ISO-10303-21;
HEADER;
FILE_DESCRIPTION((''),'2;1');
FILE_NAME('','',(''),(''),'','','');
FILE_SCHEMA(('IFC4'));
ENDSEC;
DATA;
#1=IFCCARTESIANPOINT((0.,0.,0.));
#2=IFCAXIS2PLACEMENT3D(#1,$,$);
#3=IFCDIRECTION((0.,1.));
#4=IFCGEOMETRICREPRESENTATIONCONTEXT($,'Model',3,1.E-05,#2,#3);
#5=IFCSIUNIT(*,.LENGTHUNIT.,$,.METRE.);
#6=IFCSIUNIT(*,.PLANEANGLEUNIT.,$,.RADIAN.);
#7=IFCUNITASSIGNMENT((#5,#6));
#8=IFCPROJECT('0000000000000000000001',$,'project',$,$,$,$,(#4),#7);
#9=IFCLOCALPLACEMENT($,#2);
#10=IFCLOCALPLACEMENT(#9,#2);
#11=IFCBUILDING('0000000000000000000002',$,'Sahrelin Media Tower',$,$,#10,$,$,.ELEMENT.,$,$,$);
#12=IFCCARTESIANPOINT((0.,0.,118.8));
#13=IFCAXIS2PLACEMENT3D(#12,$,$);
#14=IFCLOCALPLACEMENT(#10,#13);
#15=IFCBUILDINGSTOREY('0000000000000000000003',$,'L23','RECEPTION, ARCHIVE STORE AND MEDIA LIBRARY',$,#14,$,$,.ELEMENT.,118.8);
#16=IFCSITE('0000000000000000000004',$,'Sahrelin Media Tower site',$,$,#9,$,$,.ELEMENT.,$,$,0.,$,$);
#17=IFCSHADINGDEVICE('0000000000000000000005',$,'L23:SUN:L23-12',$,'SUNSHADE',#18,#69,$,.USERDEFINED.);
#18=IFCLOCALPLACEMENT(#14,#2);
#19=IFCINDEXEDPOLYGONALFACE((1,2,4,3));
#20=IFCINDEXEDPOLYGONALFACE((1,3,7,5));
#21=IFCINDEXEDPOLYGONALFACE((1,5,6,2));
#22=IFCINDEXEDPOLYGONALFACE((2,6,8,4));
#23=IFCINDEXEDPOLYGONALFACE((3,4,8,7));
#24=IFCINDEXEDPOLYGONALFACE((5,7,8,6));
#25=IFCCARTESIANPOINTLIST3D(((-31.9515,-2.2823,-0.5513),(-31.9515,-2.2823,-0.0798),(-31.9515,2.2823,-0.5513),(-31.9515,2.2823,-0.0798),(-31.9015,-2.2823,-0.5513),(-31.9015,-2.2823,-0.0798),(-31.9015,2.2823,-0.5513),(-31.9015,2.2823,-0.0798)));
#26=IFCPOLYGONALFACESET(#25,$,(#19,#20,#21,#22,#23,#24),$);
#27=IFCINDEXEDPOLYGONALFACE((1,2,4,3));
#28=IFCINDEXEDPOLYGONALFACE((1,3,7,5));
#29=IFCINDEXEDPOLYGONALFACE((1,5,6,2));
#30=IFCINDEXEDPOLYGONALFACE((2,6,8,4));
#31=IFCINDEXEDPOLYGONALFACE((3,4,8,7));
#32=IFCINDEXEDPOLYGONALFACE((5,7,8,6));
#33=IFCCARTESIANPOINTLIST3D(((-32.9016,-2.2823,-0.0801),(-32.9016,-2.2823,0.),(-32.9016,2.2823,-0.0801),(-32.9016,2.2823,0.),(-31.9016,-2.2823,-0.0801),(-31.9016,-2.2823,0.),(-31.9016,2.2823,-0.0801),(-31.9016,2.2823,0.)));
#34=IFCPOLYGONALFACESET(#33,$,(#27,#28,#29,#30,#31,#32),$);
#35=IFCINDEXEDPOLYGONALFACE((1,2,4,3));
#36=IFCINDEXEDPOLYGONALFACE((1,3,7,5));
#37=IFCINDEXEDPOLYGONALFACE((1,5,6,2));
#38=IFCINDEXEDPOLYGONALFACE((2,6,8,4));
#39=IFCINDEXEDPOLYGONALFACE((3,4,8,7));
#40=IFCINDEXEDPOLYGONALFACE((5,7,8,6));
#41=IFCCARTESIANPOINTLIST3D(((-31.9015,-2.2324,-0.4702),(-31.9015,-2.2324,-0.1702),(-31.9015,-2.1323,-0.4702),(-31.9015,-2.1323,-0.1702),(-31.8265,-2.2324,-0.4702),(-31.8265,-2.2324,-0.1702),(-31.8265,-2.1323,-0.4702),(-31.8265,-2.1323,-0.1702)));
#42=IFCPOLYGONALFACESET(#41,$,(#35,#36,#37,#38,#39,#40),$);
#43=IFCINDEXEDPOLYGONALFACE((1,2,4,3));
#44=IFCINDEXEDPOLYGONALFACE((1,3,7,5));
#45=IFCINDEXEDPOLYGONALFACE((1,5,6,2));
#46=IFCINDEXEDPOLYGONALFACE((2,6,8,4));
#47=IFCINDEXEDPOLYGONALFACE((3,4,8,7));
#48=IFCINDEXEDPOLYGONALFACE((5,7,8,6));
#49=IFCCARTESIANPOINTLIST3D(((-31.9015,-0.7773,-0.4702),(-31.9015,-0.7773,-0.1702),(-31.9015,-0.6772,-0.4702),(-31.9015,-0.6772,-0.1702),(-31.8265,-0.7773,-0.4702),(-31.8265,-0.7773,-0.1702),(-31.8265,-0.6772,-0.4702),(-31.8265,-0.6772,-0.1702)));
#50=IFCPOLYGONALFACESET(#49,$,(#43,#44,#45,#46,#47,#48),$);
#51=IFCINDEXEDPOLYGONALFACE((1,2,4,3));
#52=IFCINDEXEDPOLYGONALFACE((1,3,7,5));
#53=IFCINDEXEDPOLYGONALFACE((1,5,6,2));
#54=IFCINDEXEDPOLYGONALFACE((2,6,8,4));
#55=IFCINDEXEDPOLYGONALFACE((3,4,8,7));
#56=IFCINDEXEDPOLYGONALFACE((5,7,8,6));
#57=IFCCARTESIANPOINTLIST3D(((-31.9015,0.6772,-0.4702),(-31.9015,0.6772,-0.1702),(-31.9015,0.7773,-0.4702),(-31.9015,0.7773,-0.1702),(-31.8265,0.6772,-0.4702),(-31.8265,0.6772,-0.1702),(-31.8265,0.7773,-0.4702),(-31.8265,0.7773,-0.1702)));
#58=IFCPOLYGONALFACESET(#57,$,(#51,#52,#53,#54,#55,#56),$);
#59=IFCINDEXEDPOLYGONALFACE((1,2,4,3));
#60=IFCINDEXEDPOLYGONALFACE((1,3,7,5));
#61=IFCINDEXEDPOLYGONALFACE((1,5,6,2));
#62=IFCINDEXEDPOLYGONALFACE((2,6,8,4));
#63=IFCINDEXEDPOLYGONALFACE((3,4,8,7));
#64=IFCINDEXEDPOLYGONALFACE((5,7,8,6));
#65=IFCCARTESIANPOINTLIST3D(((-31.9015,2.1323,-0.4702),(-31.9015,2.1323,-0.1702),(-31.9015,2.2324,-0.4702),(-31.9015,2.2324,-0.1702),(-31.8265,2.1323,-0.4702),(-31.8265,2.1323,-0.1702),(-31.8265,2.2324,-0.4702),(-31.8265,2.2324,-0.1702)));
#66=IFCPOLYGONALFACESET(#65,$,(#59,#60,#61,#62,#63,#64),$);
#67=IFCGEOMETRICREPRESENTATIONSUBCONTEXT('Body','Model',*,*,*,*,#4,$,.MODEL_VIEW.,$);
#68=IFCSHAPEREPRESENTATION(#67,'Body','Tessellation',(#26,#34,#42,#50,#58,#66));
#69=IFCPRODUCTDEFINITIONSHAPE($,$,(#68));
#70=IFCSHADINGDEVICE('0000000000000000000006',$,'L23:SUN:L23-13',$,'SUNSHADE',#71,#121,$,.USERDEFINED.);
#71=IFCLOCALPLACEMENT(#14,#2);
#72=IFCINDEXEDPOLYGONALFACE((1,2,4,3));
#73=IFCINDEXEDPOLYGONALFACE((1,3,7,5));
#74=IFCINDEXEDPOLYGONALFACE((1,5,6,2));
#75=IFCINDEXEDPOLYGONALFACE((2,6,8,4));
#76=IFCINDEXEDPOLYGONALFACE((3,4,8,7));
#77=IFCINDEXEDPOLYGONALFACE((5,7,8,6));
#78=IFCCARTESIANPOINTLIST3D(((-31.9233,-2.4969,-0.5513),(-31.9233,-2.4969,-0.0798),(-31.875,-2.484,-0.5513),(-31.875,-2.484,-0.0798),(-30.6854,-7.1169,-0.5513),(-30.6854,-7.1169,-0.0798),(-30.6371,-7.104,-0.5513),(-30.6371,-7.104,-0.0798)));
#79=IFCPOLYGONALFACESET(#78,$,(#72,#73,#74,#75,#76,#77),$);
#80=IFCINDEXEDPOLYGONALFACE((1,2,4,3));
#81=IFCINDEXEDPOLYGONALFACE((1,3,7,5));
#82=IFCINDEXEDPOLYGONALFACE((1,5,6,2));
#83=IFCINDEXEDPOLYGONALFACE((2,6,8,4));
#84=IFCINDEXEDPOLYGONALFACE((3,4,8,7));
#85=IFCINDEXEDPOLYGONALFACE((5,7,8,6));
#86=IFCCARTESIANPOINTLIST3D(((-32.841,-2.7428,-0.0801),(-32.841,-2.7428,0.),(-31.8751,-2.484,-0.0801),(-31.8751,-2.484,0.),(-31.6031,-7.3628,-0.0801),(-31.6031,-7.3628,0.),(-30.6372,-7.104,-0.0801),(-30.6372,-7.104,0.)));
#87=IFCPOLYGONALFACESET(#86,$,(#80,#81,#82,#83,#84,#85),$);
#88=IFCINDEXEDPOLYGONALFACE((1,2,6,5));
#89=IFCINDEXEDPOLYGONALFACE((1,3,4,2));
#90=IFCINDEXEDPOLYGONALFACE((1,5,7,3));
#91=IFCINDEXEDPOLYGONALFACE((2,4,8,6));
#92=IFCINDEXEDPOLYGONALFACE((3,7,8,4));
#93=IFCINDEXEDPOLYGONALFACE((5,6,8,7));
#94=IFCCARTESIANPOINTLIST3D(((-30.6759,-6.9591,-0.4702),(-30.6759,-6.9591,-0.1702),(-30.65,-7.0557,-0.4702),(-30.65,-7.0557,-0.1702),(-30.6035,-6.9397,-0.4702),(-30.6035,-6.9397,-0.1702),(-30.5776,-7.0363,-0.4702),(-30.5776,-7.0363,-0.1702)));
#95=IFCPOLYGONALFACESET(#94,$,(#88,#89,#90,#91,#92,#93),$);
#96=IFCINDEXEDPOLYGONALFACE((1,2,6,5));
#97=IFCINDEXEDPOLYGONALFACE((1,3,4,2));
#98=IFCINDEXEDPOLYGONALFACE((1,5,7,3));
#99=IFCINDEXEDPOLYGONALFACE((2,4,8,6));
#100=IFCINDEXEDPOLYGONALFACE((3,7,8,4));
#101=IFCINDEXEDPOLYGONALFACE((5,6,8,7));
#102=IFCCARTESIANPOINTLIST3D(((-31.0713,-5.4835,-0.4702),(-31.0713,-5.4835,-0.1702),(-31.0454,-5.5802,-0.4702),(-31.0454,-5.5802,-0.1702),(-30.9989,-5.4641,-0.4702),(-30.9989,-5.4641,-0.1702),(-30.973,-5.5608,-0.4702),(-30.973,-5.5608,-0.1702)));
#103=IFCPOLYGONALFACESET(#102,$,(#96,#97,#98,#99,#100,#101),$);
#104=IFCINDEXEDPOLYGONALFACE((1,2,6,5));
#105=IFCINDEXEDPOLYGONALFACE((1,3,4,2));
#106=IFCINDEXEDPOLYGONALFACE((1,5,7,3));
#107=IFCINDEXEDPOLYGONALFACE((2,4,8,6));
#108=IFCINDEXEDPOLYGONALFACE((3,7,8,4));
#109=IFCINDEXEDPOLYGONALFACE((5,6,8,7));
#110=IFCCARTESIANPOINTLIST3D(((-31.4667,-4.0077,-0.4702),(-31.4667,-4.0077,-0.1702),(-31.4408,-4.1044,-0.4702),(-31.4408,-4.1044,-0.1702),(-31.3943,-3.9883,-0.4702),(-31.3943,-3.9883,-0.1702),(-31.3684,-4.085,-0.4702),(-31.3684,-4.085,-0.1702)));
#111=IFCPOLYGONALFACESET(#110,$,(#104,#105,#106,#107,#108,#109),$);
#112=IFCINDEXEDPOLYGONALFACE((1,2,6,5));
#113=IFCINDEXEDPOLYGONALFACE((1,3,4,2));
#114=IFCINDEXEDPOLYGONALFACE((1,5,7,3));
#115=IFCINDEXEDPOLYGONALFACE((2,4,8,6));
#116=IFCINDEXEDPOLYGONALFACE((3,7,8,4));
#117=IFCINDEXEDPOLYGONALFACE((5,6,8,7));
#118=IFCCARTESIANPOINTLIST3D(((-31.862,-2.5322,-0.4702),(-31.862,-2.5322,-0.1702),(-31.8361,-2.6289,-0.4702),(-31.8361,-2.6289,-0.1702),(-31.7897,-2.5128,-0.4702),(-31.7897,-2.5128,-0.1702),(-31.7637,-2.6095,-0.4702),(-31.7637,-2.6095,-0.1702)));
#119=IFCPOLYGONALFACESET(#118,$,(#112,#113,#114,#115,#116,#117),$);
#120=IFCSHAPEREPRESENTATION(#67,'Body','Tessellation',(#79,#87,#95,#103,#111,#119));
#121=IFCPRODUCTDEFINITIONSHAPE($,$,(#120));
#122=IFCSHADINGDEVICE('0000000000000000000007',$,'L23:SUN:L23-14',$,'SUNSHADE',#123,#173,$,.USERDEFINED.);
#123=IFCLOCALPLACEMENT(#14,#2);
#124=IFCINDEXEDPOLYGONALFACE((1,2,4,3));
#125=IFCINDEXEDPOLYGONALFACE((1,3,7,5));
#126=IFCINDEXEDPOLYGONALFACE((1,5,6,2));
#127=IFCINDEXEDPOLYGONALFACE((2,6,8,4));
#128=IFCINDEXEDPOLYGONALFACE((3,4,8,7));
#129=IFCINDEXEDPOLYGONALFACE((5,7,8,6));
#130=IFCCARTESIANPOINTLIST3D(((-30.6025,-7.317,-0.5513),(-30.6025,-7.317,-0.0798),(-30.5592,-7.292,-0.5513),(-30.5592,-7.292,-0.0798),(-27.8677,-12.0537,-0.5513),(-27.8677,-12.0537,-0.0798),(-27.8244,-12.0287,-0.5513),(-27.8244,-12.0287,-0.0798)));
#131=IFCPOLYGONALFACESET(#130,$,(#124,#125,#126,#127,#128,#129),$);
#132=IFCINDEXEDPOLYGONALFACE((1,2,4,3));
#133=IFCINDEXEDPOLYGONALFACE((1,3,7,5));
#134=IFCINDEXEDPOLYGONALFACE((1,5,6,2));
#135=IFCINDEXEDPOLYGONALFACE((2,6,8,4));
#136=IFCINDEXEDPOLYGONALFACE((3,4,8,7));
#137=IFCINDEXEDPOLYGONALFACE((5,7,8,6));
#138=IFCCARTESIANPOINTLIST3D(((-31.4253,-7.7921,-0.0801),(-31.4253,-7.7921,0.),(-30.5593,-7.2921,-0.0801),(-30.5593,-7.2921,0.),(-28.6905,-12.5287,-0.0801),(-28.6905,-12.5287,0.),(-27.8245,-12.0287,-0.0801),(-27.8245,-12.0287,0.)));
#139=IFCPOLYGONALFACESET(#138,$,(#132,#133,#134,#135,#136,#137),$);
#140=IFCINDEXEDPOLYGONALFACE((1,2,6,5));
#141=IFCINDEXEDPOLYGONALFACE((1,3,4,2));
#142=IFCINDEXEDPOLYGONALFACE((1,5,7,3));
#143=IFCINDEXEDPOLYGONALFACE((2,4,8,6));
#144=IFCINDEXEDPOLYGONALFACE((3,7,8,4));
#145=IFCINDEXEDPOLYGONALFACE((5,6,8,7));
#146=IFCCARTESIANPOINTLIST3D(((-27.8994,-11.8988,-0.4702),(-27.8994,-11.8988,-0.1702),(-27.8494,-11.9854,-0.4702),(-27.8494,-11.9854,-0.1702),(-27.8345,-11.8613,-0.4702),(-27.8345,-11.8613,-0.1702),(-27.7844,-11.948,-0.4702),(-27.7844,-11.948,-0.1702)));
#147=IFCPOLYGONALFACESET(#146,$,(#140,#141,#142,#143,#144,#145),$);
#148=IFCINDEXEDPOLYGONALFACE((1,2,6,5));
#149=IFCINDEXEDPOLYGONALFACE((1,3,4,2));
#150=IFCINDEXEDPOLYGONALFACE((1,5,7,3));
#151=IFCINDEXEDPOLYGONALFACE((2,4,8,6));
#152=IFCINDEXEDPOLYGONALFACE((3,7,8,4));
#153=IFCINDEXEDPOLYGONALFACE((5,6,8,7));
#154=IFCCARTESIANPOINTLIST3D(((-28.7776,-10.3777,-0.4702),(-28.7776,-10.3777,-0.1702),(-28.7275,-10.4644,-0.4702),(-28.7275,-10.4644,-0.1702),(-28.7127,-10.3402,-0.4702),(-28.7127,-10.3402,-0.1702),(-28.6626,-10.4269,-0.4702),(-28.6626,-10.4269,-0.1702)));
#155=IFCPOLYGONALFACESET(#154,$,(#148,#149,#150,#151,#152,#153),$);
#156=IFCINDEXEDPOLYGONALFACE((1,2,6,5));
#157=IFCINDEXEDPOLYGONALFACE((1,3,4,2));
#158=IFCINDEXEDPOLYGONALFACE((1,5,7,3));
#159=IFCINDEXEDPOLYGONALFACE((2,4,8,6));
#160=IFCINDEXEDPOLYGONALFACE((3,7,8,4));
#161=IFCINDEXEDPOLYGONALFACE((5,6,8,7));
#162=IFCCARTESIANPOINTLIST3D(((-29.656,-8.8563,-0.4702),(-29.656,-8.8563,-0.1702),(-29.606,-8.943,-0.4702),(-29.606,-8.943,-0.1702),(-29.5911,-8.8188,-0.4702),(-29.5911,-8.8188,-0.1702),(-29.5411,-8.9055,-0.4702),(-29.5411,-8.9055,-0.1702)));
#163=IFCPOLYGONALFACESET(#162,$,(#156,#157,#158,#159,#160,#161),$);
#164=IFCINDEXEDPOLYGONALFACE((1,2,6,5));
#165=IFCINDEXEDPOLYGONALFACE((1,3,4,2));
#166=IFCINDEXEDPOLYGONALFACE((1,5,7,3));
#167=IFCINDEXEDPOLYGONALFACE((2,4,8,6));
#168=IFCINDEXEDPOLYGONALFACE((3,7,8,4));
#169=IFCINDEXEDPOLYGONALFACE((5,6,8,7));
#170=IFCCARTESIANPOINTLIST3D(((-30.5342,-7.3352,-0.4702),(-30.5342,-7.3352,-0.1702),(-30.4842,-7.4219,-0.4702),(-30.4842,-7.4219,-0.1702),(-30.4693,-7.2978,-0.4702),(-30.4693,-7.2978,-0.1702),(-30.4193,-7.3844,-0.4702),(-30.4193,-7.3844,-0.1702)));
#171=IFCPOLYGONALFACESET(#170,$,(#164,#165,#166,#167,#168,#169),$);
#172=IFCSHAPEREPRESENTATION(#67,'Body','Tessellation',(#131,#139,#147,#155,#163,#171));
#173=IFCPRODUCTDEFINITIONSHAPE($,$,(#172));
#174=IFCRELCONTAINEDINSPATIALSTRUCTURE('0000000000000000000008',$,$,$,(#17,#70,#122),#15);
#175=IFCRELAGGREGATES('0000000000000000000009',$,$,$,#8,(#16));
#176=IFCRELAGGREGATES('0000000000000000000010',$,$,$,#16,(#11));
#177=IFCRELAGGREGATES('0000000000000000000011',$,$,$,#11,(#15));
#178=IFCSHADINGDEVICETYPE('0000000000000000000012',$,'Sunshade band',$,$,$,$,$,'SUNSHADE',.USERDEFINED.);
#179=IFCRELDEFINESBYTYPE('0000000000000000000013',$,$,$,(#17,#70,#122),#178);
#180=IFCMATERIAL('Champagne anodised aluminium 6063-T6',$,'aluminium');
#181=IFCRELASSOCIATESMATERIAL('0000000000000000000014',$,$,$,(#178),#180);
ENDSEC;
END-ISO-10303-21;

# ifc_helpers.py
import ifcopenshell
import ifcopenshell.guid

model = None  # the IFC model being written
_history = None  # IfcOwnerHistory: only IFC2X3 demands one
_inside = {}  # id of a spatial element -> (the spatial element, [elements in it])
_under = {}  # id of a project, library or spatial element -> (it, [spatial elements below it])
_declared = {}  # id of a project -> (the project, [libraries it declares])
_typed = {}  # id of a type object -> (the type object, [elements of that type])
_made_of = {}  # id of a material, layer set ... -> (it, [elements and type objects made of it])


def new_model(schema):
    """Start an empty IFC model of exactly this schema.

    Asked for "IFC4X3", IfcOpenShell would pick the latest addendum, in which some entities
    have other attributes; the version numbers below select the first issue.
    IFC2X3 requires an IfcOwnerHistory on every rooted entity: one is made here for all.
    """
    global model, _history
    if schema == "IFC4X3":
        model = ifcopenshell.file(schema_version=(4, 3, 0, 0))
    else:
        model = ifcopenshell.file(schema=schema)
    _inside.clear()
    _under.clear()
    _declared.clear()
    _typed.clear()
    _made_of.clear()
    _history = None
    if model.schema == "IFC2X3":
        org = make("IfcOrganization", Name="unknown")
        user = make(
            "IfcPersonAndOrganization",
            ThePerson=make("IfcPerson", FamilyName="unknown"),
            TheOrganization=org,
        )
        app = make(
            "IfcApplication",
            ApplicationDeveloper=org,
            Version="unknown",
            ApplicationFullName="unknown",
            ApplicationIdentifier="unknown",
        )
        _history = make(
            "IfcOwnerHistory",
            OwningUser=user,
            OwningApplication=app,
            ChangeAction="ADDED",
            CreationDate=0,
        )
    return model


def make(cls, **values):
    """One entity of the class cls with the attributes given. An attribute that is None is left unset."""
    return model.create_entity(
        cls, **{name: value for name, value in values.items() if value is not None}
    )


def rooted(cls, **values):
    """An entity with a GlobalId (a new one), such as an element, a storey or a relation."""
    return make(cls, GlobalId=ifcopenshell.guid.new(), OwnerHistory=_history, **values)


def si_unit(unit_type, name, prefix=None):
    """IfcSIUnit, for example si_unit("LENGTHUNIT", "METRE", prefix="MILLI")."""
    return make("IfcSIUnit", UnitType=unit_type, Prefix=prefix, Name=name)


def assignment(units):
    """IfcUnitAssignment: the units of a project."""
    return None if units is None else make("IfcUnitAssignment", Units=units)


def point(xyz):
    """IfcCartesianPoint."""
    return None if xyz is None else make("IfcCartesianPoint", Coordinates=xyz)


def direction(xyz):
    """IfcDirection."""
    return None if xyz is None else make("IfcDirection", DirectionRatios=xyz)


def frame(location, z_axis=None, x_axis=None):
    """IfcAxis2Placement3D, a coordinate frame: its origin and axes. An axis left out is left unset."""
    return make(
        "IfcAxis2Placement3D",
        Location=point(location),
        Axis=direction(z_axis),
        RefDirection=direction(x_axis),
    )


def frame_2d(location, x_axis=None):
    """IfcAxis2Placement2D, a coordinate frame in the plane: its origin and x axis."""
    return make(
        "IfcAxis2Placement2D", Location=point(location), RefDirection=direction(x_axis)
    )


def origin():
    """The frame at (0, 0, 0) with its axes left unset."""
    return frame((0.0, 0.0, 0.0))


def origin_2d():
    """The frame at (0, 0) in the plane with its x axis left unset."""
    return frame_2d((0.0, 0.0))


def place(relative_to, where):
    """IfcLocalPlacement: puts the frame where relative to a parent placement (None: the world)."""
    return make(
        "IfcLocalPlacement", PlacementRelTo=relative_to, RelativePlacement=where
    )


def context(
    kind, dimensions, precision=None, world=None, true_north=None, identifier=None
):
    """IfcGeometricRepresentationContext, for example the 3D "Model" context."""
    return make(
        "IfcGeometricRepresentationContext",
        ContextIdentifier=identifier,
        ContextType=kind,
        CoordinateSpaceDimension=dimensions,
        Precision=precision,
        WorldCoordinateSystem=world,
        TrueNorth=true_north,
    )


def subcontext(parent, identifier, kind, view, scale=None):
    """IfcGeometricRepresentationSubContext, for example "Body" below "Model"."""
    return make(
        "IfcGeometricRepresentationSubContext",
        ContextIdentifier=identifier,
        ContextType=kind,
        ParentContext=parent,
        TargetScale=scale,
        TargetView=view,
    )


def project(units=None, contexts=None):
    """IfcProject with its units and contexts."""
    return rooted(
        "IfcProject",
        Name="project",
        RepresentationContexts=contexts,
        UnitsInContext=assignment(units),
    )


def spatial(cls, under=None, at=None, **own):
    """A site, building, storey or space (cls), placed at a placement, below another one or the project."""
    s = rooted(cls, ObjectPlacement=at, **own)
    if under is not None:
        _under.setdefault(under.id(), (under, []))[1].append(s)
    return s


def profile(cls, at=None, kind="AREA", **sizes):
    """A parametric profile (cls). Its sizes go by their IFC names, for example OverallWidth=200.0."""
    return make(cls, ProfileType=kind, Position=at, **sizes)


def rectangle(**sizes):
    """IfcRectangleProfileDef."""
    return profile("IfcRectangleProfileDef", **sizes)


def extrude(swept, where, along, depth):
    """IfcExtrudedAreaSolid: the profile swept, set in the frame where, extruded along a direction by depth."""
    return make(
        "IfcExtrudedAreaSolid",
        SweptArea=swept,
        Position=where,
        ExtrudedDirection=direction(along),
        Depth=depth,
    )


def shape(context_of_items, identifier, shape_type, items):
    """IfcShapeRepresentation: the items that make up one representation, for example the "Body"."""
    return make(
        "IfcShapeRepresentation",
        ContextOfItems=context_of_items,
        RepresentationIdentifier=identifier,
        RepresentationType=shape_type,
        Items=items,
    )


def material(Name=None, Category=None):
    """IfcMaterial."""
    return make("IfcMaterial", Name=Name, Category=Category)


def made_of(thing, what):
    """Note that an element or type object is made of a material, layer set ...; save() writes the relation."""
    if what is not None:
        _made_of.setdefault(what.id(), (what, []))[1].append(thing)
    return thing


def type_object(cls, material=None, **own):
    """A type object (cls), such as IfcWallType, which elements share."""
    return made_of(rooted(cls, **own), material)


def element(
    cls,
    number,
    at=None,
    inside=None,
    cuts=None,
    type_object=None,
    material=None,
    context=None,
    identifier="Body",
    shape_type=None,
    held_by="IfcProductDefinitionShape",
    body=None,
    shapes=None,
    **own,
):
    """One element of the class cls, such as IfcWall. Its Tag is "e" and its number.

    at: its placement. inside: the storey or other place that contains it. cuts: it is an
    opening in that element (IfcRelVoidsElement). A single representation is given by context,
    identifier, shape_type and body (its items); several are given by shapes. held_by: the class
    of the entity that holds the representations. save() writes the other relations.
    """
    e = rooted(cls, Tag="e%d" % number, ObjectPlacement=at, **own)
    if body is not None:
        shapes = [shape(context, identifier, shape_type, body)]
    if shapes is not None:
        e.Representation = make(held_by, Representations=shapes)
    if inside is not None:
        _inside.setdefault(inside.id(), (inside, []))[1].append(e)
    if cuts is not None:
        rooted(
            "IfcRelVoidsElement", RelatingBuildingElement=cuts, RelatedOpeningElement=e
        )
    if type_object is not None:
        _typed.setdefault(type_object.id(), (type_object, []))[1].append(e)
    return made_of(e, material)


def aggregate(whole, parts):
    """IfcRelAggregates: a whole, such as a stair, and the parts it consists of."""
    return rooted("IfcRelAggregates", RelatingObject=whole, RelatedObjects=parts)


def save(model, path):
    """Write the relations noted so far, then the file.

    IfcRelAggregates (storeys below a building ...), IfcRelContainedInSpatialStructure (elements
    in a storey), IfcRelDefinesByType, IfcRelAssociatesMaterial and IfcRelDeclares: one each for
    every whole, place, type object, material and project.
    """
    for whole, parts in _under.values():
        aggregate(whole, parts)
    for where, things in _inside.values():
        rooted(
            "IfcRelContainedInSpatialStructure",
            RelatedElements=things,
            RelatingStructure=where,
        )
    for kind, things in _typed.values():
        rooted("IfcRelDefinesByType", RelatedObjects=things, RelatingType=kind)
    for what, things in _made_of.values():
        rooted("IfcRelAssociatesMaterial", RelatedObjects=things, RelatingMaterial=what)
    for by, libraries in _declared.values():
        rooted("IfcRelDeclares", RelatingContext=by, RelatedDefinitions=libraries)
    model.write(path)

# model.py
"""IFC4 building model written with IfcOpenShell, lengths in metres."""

from ifc_helpers import new_model, si_unit, direction, frame, origin, origin_2d, place, context, subcontext, project, spatial, rectangle, extrude, material, type_object, element, save


model = new_model("IFC4")

# Units and contexts
model_context = context("Model", 3, precision=1e-05, world=origin(), true_north=direction((0.0, 1.0)))
body_context = subcontext(model_context, "Body", "Model", "MODEL_VIEW")
ifc_project = project(units=[si_unit("LENGTHUNIT", "METRE"), si_unit("PLANEANGLEUNIT", "RADIAN")], contexts=[model_context])

# Site, building, storey
site_placement = place(None, origin())
site = spatial("IfcSite", under=ifc_project, at=site_placement, Name="Sahrelin Media Tower site", CompositionType="ELEMENT", RefElevation=0.0)
building_placement = place(site_placement, origin())
building = spatial("IfcBuilding", under=site, at=building_placement, Name="Sahrelin Media Tower", CompositionType="ELEMENT")
storey_placement = place(building_placement, frame((0.0, 0.0, 118.8)))
storey = spatial("IfcBuildingStorey", under=building, at=storey_placement, Name="L23", Description="RECEPTION, ARCHIVE STORE AND MEDIA LIBRARY", CompositionType="ELEMENT", Elevation=118.8)

# Shared definitions
ifc_material_1 = material(Name="Champagne anodised aluminium 6063-T6", Category="aluminium")

# Shading devices
placement_1 = place(storey_placement, frame((-31.8816, 0.0, 0.0), z_axis=(0.0, 0.0, 1.0), x_axis=(0.0, 1.0, 0.0)))
placement_2 = place(storey_placement, frame((-31.2368, -4.7888, 0.0), z_axis=(0.0, 0.0, 1.0), x_axis=(-0.258808, 0.965929, 0.0)))
placement_3 = place(storey_placement, frame((-29.1746, -9.6504, 0.0), z_axis=(0.0, 0.0, 1.0), x_axis=(-0.500011, 0.866019, 0.0)))
shading_device_type_1 = type_object("IfcShadingDeviceType", Name="Sunshade band", ElementType="SUNSHADE", PredefinedType="USERDEFINED", material=ifc_material_1)
element("IfcShadingDevice", 1, at=placement_1, inside=storey, type_object=shading_device_type_1, Name="L23:SUN:L23-12", ObjectType="SUNSHADE", PredefinedType="USERDEFINED", context=body_context, shape_type="SweptSolid", body=[
    extrude(rectangle(XDim=4.5647, YDim=0.05, at=origin_2d()), frame((0.0, 0.0449, -0.5513)), (0.0, 0.0, 1.0), 0.4714),
    extrude(rectangle(XDim=4.5647, YDim=1.0, at=origin_2d()), frame((0.0, 0.52, -0.0801)), (0.0, 0.0, 1.0), 0.0801),
    extrude(rectangle(XDim=0.1001, YDim=0.075, at=origin_2d()), frame((-2.1824, -0.0176, -0.4702)), (0.0, 0.0, 1.0), 0.3),
    extrude(rectangle(XDim=0.1001, YDim=0.075, at=origin_2d()), frame((-0.7273, -0.0176, -0.4702)), (0.0, 0.0, 1.0), 0.3),
    extrude(rectangle(XDim=0.1001, YDim=0.075, at=origin_2d()), frame((0.7273, -0.0176, -0.4702)), (0.0, 0.0, 1.0), 0.3),
    extrude(rectangle(XDim=0.1001, YDim=0.075, at=origin_2d()), frame((2.1824, -0.0176, -0.4702)), (0.0, 0.0, 1.0), 0.3),
])
element("IfcShadingDevice", 2, at=placement_2, inside=storey, type_object=shading_device_type_1, Name="L23:SUN:L23-13", ObjectType="SUNSHADE", PredefinedType="USERDEFINED", context=body_context, shape_type="SweptSolid", body=[
    extrude(rectangle(XDim=4.783, YDim=0.05, at=origin_2d()), frame((0.0, 0.0449, -0.5513)), (0.0, 0.0, 1.0), 0.4714),
    extrude(rectangle(XDim=4.783, YDim=1.0, at=origin_2d()), frame((0.0, 0.52, -0.0801)), (0.0, 0.0, 1.0), 0.0801),
    extrude(rectangle(XDim=0.1001, YDim=0.075, at=origin_2d()), frame((-2.2915, -0.0176, -0.4702)), (0.0, 0.0, 1.0), 0.3),
    extrude(rectangle(XDim=0.1001, YDim=0.075, at=origin_2d()), frame((-0.7639, -0.0176, -0.4702)), (0.0, 0.0, 1.0), 0.3),
    extrude(rectangle(XDim=0.1001, YDim=0.075, at=origin_2d()), frame((0.7639, -0.0176, -0.4702)), (0.0, 0.0, 1.0), 0.3),
    extrude(rectangle(XDim=0.1001, YDim=0.075, at=origin_2d()), frame((2.2915, -0.0176, -0.4702)), (0.0, 0.0, 1.0), 0.3),
])
element("IfcShadingDevice", 3, at=placement_3, inside=storey, type_object=shading_device_type_1, Name="L23:SUN:L23-14", ObjectType="SUNSHADE", PredefinedType="USERDEFINED", context=body_context, shape_type="SweptSolid", body=[
    extrude(rectangle(XDim=5.4695, YDim=0.05, at=origin_2d()), frame((0.0, 0.0449, -0.5513)), (0.0, 0.0, 1.0), 0.4714),
    extrude(rectangle(XDim=5.4695, YDim=1.0, at=origin_2d()), frame((0.0, 0.52, -0.0801)), (0.0, 0.0, 1.0), 0.0801),
    extrude(rectangle(XDim=0.1001, YDim=0.075, at=origin_2d()), frame((-2.6348, -0.0176, -0.4702)), (0.0, 0.0, 1.0), 0.3),
    extrude(rectangle(XDim=0.1001, YDim=0.075, at=origin_2d()), frame((-0.8784, -0.0176, -0.4702)), (0.0, 0.0, 1.0), 0.3),
    extrude(rectangle(XDim=0.1001, YDim=0.075, at=origin_2d()), frame((0.8784, -0.0176, -0.4702)), (0.0, 0.0, 1.0), 0.3),
    extrude(rectangle(XDim=0.1001, YDim=0.075, at=origin_2d()), frame((2.6348, -0.0176, -0.4702)), (0.0, 0.0, 1.0), 0.3),
])

save(model, "model.ifc")
